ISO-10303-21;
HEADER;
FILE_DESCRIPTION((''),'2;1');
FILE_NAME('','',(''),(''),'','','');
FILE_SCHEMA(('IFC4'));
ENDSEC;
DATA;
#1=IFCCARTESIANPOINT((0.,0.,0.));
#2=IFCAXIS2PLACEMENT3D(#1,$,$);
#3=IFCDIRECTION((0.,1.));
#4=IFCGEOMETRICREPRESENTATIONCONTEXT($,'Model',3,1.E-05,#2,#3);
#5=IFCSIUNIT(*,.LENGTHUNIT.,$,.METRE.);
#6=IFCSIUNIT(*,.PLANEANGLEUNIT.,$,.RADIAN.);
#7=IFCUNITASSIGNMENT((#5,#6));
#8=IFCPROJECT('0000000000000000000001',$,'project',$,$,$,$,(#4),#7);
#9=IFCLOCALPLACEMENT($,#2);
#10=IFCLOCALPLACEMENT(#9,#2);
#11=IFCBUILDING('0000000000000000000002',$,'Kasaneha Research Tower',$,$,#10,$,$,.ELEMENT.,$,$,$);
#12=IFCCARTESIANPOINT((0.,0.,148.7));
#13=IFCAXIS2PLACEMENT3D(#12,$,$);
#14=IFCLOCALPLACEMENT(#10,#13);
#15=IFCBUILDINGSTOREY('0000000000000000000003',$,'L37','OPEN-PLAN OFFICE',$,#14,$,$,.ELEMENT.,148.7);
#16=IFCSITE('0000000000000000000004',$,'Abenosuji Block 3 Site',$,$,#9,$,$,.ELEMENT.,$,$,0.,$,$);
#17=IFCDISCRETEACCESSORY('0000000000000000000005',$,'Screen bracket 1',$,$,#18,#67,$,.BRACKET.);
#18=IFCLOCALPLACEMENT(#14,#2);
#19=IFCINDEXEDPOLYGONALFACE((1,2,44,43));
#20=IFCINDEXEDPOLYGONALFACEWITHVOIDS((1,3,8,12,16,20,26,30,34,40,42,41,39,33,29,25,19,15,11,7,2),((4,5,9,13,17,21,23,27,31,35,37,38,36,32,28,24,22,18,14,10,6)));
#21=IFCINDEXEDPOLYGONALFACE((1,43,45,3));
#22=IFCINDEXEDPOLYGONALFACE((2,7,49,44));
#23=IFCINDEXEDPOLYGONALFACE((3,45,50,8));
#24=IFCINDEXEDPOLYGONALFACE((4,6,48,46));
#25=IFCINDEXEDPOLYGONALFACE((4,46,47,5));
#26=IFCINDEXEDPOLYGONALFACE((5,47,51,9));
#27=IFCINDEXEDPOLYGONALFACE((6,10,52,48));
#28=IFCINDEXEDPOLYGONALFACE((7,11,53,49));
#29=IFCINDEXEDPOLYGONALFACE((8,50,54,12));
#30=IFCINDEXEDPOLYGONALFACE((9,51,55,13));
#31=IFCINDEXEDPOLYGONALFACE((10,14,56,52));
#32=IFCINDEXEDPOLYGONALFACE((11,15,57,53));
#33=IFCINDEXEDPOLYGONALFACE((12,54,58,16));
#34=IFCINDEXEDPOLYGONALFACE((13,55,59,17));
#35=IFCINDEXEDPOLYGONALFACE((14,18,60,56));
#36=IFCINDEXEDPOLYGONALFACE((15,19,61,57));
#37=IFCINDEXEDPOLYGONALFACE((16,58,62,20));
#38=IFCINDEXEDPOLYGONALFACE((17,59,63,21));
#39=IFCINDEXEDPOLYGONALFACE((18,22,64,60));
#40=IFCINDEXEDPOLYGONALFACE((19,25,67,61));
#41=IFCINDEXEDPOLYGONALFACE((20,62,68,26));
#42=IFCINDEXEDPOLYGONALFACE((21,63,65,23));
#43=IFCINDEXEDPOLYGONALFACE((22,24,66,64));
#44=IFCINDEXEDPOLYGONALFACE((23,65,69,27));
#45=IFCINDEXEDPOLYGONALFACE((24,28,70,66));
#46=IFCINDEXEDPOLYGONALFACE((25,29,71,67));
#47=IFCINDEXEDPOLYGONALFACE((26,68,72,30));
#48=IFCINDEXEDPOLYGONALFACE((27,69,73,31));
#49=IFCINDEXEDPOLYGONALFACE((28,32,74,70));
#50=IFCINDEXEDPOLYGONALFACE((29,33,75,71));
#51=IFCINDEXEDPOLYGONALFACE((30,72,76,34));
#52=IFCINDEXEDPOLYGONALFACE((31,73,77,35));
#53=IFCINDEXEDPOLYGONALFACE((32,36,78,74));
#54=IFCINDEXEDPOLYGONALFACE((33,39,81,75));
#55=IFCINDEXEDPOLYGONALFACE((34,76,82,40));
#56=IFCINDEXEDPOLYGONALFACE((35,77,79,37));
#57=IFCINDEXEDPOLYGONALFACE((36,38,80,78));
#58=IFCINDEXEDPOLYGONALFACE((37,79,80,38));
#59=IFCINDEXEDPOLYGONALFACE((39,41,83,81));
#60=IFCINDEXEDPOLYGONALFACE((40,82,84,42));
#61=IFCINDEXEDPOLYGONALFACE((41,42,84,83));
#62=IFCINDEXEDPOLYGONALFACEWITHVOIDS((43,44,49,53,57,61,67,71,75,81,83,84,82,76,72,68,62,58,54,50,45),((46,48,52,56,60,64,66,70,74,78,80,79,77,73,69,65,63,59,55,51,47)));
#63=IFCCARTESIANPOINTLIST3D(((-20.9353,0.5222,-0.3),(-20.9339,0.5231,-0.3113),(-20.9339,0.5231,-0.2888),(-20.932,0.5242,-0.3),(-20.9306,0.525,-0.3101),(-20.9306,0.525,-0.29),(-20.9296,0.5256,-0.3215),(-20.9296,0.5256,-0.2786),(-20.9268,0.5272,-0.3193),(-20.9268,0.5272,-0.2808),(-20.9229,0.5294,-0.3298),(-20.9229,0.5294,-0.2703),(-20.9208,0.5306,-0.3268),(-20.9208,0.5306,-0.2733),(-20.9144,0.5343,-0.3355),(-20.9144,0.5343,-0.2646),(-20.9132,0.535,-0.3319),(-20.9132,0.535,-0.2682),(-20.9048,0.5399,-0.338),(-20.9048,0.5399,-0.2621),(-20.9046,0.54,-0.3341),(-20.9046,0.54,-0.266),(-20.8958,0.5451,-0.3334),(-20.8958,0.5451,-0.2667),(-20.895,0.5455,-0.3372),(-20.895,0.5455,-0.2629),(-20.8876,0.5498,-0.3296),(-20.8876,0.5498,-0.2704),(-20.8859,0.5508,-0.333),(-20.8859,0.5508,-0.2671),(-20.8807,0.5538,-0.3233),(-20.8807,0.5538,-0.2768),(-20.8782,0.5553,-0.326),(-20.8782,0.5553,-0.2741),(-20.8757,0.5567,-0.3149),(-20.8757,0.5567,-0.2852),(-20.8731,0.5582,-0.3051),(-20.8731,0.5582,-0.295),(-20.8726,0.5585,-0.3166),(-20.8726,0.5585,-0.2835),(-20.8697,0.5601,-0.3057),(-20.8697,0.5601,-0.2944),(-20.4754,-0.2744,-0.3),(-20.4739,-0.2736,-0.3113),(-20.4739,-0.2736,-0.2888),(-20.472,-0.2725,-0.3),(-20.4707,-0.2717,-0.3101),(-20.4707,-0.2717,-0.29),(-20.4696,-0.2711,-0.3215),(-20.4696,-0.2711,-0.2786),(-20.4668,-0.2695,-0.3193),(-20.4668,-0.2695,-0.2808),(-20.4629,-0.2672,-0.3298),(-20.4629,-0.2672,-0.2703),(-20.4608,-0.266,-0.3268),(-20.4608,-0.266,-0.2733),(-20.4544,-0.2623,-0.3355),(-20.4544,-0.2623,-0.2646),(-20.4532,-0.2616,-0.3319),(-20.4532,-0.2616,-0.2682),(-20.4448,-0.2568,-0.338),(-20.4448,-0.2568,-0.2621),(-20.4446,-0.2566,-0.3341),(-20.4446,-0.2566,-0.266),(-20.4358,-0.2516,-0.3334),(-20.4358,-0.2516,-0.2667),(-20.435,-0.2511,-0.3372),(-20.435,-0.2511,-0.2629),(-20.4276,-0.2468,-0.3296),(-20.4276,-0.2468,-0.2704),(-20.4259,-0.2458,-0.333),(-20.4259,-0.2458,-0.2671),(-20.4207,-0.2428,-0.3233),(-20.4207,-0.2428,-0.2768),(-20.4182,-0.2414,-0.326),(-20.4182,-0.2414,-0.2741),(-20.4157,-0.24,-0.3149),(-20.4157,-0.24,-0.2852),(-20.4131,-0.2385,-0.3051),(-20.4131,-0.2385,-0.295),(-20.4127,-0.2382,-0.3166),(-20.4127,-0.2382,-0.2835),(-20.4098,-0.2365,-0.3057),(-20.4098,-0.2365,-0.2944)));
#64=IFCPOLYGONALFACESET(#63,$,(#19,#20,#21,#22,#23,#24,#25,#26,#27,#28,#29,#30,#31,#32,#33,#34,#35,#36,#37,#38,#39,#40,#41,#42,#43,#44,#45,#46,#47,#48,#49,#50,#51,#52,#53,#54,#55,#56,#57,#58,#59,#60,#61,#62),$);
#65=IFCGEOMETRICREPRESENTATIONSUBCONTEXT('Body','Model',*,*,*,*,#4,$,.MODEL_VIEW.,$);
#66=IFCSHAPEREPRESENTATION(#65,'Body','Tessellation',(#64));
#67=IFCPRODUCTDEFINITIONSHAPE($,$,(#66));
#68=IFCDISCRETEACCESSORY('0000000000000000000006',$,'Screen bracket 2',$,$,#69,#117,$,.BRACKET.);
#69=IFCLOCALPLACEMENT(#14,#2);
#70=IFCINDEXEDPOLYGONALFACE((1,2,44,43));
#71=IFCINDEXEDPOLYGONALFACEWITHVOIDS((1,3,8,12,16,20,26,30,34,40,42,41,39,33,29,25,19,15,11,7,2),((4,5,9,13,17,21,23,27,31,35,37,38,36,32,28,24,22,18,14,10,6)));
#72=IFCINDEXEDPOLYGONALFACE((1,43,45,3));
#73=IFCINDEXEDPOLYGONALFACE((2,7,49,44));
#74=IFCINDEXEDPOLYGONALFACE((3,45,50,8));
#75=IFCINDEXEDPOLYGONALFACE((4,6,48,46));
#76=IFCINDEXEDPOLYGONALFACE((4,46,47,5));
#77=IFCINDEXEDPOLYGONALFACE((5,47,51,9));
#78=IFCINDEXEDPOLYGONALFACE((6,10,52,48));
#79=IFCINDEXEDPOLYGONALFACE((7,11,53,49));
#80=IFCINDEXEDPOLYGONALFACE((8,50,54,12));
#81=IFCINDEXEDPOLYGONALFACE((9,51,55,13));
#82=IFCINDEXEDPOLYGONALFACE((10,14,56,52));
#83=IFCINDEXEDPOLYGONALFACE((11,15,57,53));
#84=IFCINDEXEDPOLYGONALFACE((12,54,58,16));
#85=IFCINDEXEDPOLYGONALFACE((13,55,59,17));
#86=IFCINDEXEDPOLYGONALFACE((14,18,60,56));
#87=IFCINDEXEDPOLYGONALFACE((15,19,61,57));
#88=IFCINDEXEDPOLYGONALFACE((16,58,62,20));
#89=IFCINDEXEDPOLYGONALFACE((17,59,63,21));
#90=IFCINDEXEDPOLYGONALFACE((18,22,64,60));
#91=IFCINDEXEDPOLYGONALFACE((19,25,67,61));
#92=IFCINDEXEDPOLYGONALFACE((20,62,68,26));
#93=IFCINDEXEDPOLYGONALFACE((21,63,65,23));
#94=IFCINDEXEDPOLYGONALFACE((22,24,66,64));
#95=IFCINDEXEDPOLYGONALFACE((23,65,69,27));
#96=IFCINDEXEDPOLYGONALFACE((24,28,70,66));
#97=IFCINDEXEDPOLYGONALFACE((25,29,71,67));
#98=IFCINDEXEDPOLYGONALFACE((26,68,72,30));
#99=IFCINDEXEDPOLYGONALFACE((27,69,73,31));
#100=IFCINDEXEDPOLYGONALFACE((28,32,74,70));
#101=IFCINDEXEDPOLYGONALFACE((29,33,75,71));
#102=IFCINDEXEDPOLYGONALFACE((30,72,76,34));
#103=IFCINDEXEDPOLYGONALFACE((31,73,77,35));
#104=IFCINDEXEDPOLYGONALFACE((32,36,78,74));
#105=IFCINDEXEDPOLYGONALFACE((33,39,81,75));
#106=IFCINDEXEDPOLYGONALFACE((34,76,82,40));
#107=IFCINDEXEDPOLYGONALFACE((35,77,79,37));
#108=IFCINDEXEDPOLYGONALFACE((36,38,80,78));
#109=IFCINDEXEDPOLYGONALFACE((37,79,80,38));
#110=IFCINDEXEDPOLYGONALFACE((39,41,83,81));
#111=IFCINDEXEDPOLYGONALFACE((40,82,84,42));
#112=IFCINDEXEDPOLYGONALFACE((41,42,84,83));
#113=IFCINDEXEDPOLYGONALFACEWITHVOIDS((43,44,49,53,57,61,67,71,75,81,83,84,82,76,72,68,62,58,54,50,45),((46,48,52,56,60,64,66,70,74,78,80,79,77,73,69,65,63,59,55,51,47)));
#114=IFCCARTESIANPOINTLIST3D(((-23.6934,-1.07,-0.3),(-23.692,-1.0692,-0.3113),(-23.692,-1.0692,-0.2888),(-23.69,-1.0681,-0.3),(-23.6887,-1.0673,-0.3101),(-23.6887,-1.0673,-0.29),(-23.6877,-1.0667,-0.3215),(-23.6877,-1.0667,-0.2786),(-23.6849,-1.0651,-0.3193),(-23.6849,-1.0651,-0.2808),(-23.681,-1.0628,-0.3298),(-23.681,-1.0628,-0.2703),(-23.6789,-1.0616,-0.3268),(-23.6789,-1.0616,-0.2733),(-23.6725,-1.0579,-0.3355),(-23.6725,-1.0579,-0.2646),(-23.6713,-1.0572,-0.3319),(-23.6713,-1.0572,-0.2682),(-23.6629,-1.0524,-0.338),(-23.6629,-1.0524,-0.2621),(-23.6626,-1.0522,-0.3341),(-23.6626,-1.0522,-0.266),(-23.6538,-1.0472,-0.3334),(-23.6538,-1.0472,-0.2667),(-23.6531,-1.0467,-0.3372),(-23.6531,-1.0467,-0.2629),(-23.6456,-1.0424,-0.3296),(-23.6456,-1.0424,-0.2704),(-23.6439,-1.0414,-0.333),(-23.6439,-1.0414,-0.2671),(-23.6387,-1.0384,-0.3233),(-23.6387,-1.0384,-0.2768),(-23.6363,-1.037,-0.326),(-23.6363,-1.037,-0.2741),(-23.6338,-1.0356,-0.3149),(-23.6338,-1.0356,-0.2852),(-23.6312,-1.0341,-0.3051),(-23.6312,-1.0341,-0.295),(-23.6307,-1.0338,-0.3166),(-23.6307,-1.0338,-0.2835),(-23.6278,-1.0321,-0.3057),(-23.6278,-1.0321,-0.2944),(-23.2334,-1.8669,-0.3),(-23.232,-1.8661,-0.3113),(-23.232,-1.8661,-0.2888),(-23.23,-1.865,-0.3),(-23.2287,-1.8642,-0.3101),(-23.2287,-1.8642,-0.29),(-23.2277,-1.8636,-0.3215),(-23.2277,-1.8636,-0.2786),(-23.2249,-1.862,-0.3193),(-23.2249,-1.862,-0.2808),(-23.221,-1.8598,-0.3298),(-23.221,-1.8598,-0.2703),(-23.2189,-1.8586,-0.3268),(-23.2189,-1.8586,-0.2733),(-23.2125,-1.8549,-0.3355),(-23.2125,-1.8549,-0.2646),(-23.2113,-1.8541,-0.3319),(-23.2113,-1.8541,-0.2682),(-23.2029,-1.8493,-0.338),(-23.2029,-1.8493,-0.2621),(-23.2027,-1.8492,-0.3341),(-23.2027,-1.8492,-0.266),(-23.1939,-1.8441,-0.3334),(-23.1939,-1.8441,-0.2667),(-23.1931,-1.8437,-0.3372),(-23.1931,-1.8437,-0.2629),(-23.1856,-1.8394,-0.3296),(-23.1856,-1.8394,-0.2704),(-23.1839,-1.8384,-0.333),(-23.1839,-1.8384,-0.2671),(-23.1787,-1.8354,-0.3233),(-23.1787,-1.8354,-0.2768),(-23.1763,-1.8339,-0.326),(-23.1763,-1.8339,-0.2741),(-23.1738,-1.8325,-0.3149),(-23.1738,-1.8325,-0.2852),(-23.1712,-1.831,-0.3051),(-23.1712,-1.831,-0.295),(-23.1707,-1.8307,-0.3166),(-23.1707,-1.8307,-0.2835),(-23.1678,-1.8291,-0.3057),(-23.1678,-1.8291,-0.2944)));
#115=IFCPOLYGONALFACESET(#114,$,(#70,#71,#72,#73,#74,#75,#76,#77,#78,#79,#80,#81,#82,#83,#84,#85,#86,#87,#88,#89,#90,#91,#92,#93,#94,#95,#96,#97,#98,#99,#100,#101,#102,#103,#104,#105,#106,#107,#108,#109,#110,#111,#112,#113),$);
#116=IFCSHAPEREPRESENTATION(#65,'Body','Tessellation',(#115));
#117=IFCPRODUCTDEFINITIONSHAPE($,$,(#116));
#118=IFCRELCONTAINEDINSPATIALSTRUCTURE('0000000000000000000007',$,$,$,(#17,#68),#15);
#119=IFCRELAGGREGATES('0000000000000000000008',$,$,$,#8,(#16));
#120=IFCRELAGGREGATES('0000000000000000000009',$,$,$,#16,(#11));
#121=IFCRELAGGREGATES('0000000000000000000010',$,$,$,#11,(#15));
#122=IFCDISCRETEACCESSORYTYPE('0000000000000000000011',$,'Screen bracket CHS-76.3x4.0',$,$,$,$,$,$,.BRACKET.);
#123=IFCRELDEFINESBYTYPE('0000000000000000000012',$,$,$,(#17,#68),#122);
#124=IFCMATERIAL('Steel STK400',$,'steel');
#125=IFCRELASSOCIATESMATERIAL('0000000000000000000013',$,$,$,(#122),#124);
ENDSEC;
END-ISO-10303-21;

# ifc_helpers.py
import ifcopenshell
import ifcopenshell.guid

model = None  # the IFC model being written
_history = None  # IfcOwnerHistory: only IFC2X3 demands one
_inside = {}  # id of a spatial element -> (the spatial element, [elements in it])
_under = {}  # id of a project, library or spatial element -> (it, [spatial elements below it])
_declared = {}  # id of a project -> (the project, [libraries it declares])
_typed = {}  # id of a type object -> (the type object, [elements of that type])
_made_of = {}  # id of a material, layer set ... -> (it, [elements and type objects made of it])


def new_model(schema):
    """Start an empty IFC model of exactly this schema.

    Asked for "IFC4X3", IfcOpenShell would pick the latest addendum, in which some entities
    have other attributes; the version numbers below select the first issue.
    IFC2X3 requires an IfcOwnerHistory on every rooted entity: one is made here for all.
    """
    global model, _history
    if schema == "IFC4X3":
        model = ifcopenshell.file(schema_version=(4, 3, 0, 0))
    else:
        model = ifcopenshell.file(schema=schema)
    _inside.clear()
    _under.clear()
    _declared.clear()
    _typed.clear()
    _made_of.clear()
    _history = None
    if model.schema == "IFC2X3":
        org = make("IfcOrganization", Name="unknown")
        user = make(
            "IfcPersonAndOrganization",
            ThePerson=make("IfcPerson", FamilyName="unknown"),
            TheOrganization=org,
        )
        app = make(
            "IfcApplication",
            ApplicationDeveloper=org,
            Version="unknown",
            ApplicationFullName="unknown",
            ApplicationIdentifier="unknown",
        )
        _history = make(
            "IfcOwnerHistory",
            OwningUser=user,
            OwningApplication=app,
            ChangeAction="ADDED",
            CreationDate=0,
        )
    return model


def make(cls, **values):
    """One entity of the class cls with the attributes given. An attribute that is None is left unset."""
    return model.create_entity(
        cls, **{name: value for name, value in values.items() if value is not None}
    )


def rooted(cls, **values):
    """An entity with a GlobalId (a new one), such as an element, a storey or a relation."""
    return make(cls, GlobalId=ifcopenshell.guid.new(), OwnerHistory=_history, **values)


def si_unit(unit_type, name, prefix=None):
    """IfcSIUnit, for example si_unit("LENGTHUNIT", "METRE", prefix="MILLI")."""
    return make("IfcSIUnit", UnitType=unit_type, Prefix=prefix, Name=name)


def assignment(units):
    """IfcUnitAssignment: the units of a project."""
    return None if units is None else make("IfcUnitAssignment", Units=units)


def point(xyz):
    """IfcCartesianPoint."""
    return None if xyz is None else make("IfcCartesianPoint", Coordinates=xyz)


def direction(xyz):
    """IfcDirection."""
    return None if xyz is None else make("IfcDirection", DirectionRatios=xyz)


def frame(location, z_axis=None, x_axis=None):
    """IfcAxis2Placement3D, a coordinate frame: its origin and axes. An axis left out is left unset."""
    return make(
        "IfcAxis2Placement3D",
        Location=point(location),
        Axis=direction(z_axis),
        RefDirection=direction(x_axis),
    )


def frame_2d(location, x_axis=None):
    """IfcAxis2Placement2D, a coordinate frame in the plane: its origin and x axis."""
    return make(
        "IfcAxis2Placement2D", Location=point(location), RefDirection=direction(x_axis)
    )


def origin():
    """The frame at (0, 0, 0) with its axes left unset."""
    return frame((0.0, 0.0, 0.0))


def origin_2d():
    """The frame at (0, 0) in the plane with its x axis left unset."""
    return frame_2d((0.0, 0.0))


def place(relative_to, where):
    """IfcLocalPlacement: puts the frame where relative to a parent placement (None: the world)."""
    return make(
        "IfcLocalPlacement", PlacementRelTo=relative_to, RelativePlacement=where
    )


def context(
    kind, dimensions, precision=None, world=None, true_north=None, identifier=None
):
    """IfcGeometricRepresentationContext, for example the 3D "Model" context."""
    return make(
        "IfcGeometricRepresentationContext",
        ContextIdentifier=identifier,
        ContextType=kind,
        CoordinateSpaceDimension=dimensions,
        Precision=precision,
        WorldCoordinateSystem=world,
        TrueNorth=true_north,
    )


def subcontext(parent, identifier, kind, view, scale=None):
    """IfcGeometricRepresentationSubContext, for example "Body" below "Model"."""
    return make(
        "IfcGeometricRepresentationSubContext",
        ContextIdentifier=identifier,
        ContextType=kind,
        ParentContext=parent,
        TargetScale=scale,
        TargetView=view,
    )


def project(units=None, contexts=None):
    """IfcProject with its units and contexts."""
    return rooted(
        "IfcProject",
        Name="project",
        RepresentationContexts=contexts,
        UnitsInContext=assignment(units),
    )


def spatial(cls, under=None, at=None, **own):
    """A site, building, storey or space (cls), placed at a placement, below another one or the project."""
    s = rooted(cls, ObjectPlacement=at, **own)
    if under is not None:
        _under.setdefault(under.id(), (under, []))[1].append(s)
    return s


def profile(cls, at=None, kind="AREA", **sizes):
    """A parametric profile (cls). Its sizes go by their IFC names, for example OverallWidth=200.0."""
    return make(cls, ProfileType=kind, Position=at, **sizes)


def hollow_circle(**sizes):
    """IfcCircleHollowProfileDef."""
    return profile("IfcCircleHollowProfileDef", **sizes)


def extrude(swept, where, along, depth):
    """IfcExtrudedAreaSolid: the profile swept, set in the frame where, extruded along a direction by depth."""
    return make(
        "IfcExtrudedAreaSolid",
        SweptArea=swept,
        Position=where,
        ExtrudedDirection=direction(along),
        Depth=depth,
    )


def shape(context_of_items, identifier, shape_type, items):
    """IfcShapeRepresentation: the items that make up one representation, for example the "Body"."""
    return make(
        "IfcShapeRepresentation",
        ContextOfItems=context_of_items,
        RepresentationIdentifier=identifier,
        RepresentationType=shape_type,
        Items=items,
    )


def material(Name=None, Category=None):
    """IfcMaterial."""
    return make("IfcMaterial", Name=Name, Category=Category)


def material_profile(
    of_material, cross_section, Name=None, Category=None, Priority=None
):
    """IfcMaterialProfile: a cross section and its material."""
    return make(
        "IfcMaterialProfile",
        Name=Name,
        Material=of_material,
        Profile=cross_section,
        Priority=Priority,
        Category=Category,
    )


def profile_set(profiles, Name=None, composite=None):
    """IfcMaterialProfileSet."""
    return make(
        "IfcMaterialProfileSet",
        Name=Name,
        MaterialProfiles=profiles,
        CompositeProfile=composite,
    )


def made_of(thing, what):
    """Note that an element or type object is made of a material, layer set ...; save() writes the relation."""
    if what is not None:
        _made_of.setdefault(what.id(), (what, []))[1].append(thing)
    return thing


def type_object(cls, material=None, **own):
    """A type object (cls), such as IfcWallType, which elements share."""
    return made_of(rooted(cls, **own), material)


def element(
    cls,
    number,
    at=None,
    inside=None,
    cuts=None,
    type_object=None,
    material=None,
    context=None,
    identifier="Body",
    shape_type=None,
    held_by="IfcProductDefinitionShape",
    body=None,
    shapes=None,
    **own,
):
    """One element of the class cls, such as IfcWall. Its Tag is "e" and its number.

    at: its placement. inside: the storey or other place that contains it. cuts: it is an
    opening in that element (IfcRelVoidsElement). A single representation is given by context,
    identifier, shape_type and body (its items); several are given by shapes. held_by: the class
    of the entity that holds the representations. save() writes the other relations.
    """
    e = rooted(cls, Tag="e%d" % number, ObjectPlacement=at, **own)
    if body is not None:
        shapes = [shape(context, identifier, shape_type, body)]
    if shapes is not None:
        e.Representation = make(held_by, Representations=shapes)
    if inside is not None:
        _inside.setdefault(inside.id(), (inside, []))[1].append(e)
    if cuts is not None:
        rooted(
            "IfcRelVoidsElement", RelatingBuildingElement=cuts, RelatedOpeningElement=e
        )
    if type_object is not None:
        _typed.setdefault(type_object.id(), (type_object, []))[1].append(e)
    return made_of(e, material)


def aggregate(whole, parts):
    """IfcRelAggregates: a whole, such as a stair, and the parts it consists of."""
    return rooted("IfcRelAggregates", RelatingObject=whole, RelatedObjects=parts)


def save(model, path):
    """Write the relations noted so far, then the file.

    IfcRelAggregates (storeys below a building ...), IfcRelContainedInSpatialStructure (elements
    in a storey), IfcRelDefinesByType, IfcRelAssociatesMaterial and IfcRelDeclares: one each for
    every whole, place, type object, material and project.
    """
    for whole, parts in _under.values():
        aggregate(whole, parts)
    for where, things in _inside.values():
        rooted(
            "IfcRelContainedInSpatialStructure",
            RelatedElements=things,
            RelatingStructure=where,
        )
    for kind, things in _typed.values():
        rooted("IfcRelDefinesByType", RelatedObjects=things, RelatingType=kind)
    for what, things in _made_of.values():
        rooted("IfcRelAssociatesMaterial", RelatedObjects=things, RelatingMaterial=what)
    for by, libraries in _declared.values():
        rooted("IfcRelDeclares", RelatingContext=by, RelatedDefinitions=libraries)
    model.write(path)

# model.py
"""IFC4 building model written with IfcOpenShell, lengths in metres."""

from ifc_helpers import new_model, si_unit, direction, frame, origin, origin_2d, place, context, subcontext, project, spatial, hollow_circle, extrude, material, material_profile, profile_set, type_object, element, save


model = new_model("IFC4")

# Units and contexts
model_context = context("Model", 3, precision=1e-05, world=origin(), true_north=direction((0.0, 1.0)))
body_context = subcontext(model_context, "Body", "Model", "MODEL_VIEW")
ifc_project = project(units=[si_unit("LENGTHUNIT", "METRE"), si_unit("PLANEANGLEUNIT", "RADIAN")], contexts=[model_context])

# Site, building, storey
site_placement = place(None, origin())
site = spatial("IfcSite", under=ifc_project, at=site_placement, Name="Abenosuji Block 3 Site", CompositionType="ELEMENT", RefElevation=0.0)
building_placement = place(site_placement, origin())
building = spatial("IfcBuilding", under=site, at=building_placement, Name="Kasaneha Research Tower", CompositionType="ELEMENT")
storey_placement = place(building_placement, frame((0.0, 0.0, 148.7)))
storey = spatial("IfcBuildingStorey", under=building, at=storey_placement, Name="L37", Description="OPEN-PLAN OFFICE", CompositionType="ELEMENT", Elevation=148.7)

# Discrete accessories
ifc_material_1 = material(Name="Steel STK400", Category="steel")
ifc_material_profile_1 = material_profile(ifc_material_1, hollow_circle(Radius=0.0381, WallThickness=0.0039, at=origin_2d()), Name="CHS-76.3x4.0")
ifc_profile_set_1 = profile_set([ifc_material_profile_1], Name="Steel STK400")
discrete_accessory_type = type_object("IfcDiscreteAccessoryType", Name="Screen bracket CHS-76.3x4.0", PredefinedType="BRACKET", material=ifc_profile_set_1)
for number, where, z_axis, x_axis, name in (
    (1, (-20.4424, -0.2554, -0.3), (-0.500021, 0.866013, 0.0), (-0.866013, -0.500021, 0.0), "Screen bracket 1"),
):
    element("IfcDiscreteAccessory", number, at=place(storey_placement, frame(where, z_axis=z_axis, x_axis=x_axis)), inside=storey, type_object=discrete_accessory_type, Name=name, PredefinedType="BRACKET", context=body_context, shape_type="SweptSolid", body=[
        extrude(hollow_circle(Radius=0.0381, WallThickness=0.0039, at=origin_2d()), origin(), (0.0, 0.0, 1.0), 0.9199),
    ])
discrete_accessory_placement = place(storey_placement, frame((-23.2004, -1.8479, -0.3), z_axis=(-0.499906, 0.86608, 0.0), x_axis=(-0.86608, -0.499906, 0.0)))
element("IfcDiscreteAccessory", 2, at=discrete_accessory_placement, inside=storey, type_object=discrete_accessory_type, Name="Screen bracket 2", PredefinedType="BRACKET", context=body_context, shape_type="SweptSolid", body=[
    extrude(hollow_circle(Radius=0.0381, WallThickness=0.0039, at=origin_2d()), origin(), (0.0, 0.0, 1.0), 0.9202),
])

save(model, "model.ifc")
